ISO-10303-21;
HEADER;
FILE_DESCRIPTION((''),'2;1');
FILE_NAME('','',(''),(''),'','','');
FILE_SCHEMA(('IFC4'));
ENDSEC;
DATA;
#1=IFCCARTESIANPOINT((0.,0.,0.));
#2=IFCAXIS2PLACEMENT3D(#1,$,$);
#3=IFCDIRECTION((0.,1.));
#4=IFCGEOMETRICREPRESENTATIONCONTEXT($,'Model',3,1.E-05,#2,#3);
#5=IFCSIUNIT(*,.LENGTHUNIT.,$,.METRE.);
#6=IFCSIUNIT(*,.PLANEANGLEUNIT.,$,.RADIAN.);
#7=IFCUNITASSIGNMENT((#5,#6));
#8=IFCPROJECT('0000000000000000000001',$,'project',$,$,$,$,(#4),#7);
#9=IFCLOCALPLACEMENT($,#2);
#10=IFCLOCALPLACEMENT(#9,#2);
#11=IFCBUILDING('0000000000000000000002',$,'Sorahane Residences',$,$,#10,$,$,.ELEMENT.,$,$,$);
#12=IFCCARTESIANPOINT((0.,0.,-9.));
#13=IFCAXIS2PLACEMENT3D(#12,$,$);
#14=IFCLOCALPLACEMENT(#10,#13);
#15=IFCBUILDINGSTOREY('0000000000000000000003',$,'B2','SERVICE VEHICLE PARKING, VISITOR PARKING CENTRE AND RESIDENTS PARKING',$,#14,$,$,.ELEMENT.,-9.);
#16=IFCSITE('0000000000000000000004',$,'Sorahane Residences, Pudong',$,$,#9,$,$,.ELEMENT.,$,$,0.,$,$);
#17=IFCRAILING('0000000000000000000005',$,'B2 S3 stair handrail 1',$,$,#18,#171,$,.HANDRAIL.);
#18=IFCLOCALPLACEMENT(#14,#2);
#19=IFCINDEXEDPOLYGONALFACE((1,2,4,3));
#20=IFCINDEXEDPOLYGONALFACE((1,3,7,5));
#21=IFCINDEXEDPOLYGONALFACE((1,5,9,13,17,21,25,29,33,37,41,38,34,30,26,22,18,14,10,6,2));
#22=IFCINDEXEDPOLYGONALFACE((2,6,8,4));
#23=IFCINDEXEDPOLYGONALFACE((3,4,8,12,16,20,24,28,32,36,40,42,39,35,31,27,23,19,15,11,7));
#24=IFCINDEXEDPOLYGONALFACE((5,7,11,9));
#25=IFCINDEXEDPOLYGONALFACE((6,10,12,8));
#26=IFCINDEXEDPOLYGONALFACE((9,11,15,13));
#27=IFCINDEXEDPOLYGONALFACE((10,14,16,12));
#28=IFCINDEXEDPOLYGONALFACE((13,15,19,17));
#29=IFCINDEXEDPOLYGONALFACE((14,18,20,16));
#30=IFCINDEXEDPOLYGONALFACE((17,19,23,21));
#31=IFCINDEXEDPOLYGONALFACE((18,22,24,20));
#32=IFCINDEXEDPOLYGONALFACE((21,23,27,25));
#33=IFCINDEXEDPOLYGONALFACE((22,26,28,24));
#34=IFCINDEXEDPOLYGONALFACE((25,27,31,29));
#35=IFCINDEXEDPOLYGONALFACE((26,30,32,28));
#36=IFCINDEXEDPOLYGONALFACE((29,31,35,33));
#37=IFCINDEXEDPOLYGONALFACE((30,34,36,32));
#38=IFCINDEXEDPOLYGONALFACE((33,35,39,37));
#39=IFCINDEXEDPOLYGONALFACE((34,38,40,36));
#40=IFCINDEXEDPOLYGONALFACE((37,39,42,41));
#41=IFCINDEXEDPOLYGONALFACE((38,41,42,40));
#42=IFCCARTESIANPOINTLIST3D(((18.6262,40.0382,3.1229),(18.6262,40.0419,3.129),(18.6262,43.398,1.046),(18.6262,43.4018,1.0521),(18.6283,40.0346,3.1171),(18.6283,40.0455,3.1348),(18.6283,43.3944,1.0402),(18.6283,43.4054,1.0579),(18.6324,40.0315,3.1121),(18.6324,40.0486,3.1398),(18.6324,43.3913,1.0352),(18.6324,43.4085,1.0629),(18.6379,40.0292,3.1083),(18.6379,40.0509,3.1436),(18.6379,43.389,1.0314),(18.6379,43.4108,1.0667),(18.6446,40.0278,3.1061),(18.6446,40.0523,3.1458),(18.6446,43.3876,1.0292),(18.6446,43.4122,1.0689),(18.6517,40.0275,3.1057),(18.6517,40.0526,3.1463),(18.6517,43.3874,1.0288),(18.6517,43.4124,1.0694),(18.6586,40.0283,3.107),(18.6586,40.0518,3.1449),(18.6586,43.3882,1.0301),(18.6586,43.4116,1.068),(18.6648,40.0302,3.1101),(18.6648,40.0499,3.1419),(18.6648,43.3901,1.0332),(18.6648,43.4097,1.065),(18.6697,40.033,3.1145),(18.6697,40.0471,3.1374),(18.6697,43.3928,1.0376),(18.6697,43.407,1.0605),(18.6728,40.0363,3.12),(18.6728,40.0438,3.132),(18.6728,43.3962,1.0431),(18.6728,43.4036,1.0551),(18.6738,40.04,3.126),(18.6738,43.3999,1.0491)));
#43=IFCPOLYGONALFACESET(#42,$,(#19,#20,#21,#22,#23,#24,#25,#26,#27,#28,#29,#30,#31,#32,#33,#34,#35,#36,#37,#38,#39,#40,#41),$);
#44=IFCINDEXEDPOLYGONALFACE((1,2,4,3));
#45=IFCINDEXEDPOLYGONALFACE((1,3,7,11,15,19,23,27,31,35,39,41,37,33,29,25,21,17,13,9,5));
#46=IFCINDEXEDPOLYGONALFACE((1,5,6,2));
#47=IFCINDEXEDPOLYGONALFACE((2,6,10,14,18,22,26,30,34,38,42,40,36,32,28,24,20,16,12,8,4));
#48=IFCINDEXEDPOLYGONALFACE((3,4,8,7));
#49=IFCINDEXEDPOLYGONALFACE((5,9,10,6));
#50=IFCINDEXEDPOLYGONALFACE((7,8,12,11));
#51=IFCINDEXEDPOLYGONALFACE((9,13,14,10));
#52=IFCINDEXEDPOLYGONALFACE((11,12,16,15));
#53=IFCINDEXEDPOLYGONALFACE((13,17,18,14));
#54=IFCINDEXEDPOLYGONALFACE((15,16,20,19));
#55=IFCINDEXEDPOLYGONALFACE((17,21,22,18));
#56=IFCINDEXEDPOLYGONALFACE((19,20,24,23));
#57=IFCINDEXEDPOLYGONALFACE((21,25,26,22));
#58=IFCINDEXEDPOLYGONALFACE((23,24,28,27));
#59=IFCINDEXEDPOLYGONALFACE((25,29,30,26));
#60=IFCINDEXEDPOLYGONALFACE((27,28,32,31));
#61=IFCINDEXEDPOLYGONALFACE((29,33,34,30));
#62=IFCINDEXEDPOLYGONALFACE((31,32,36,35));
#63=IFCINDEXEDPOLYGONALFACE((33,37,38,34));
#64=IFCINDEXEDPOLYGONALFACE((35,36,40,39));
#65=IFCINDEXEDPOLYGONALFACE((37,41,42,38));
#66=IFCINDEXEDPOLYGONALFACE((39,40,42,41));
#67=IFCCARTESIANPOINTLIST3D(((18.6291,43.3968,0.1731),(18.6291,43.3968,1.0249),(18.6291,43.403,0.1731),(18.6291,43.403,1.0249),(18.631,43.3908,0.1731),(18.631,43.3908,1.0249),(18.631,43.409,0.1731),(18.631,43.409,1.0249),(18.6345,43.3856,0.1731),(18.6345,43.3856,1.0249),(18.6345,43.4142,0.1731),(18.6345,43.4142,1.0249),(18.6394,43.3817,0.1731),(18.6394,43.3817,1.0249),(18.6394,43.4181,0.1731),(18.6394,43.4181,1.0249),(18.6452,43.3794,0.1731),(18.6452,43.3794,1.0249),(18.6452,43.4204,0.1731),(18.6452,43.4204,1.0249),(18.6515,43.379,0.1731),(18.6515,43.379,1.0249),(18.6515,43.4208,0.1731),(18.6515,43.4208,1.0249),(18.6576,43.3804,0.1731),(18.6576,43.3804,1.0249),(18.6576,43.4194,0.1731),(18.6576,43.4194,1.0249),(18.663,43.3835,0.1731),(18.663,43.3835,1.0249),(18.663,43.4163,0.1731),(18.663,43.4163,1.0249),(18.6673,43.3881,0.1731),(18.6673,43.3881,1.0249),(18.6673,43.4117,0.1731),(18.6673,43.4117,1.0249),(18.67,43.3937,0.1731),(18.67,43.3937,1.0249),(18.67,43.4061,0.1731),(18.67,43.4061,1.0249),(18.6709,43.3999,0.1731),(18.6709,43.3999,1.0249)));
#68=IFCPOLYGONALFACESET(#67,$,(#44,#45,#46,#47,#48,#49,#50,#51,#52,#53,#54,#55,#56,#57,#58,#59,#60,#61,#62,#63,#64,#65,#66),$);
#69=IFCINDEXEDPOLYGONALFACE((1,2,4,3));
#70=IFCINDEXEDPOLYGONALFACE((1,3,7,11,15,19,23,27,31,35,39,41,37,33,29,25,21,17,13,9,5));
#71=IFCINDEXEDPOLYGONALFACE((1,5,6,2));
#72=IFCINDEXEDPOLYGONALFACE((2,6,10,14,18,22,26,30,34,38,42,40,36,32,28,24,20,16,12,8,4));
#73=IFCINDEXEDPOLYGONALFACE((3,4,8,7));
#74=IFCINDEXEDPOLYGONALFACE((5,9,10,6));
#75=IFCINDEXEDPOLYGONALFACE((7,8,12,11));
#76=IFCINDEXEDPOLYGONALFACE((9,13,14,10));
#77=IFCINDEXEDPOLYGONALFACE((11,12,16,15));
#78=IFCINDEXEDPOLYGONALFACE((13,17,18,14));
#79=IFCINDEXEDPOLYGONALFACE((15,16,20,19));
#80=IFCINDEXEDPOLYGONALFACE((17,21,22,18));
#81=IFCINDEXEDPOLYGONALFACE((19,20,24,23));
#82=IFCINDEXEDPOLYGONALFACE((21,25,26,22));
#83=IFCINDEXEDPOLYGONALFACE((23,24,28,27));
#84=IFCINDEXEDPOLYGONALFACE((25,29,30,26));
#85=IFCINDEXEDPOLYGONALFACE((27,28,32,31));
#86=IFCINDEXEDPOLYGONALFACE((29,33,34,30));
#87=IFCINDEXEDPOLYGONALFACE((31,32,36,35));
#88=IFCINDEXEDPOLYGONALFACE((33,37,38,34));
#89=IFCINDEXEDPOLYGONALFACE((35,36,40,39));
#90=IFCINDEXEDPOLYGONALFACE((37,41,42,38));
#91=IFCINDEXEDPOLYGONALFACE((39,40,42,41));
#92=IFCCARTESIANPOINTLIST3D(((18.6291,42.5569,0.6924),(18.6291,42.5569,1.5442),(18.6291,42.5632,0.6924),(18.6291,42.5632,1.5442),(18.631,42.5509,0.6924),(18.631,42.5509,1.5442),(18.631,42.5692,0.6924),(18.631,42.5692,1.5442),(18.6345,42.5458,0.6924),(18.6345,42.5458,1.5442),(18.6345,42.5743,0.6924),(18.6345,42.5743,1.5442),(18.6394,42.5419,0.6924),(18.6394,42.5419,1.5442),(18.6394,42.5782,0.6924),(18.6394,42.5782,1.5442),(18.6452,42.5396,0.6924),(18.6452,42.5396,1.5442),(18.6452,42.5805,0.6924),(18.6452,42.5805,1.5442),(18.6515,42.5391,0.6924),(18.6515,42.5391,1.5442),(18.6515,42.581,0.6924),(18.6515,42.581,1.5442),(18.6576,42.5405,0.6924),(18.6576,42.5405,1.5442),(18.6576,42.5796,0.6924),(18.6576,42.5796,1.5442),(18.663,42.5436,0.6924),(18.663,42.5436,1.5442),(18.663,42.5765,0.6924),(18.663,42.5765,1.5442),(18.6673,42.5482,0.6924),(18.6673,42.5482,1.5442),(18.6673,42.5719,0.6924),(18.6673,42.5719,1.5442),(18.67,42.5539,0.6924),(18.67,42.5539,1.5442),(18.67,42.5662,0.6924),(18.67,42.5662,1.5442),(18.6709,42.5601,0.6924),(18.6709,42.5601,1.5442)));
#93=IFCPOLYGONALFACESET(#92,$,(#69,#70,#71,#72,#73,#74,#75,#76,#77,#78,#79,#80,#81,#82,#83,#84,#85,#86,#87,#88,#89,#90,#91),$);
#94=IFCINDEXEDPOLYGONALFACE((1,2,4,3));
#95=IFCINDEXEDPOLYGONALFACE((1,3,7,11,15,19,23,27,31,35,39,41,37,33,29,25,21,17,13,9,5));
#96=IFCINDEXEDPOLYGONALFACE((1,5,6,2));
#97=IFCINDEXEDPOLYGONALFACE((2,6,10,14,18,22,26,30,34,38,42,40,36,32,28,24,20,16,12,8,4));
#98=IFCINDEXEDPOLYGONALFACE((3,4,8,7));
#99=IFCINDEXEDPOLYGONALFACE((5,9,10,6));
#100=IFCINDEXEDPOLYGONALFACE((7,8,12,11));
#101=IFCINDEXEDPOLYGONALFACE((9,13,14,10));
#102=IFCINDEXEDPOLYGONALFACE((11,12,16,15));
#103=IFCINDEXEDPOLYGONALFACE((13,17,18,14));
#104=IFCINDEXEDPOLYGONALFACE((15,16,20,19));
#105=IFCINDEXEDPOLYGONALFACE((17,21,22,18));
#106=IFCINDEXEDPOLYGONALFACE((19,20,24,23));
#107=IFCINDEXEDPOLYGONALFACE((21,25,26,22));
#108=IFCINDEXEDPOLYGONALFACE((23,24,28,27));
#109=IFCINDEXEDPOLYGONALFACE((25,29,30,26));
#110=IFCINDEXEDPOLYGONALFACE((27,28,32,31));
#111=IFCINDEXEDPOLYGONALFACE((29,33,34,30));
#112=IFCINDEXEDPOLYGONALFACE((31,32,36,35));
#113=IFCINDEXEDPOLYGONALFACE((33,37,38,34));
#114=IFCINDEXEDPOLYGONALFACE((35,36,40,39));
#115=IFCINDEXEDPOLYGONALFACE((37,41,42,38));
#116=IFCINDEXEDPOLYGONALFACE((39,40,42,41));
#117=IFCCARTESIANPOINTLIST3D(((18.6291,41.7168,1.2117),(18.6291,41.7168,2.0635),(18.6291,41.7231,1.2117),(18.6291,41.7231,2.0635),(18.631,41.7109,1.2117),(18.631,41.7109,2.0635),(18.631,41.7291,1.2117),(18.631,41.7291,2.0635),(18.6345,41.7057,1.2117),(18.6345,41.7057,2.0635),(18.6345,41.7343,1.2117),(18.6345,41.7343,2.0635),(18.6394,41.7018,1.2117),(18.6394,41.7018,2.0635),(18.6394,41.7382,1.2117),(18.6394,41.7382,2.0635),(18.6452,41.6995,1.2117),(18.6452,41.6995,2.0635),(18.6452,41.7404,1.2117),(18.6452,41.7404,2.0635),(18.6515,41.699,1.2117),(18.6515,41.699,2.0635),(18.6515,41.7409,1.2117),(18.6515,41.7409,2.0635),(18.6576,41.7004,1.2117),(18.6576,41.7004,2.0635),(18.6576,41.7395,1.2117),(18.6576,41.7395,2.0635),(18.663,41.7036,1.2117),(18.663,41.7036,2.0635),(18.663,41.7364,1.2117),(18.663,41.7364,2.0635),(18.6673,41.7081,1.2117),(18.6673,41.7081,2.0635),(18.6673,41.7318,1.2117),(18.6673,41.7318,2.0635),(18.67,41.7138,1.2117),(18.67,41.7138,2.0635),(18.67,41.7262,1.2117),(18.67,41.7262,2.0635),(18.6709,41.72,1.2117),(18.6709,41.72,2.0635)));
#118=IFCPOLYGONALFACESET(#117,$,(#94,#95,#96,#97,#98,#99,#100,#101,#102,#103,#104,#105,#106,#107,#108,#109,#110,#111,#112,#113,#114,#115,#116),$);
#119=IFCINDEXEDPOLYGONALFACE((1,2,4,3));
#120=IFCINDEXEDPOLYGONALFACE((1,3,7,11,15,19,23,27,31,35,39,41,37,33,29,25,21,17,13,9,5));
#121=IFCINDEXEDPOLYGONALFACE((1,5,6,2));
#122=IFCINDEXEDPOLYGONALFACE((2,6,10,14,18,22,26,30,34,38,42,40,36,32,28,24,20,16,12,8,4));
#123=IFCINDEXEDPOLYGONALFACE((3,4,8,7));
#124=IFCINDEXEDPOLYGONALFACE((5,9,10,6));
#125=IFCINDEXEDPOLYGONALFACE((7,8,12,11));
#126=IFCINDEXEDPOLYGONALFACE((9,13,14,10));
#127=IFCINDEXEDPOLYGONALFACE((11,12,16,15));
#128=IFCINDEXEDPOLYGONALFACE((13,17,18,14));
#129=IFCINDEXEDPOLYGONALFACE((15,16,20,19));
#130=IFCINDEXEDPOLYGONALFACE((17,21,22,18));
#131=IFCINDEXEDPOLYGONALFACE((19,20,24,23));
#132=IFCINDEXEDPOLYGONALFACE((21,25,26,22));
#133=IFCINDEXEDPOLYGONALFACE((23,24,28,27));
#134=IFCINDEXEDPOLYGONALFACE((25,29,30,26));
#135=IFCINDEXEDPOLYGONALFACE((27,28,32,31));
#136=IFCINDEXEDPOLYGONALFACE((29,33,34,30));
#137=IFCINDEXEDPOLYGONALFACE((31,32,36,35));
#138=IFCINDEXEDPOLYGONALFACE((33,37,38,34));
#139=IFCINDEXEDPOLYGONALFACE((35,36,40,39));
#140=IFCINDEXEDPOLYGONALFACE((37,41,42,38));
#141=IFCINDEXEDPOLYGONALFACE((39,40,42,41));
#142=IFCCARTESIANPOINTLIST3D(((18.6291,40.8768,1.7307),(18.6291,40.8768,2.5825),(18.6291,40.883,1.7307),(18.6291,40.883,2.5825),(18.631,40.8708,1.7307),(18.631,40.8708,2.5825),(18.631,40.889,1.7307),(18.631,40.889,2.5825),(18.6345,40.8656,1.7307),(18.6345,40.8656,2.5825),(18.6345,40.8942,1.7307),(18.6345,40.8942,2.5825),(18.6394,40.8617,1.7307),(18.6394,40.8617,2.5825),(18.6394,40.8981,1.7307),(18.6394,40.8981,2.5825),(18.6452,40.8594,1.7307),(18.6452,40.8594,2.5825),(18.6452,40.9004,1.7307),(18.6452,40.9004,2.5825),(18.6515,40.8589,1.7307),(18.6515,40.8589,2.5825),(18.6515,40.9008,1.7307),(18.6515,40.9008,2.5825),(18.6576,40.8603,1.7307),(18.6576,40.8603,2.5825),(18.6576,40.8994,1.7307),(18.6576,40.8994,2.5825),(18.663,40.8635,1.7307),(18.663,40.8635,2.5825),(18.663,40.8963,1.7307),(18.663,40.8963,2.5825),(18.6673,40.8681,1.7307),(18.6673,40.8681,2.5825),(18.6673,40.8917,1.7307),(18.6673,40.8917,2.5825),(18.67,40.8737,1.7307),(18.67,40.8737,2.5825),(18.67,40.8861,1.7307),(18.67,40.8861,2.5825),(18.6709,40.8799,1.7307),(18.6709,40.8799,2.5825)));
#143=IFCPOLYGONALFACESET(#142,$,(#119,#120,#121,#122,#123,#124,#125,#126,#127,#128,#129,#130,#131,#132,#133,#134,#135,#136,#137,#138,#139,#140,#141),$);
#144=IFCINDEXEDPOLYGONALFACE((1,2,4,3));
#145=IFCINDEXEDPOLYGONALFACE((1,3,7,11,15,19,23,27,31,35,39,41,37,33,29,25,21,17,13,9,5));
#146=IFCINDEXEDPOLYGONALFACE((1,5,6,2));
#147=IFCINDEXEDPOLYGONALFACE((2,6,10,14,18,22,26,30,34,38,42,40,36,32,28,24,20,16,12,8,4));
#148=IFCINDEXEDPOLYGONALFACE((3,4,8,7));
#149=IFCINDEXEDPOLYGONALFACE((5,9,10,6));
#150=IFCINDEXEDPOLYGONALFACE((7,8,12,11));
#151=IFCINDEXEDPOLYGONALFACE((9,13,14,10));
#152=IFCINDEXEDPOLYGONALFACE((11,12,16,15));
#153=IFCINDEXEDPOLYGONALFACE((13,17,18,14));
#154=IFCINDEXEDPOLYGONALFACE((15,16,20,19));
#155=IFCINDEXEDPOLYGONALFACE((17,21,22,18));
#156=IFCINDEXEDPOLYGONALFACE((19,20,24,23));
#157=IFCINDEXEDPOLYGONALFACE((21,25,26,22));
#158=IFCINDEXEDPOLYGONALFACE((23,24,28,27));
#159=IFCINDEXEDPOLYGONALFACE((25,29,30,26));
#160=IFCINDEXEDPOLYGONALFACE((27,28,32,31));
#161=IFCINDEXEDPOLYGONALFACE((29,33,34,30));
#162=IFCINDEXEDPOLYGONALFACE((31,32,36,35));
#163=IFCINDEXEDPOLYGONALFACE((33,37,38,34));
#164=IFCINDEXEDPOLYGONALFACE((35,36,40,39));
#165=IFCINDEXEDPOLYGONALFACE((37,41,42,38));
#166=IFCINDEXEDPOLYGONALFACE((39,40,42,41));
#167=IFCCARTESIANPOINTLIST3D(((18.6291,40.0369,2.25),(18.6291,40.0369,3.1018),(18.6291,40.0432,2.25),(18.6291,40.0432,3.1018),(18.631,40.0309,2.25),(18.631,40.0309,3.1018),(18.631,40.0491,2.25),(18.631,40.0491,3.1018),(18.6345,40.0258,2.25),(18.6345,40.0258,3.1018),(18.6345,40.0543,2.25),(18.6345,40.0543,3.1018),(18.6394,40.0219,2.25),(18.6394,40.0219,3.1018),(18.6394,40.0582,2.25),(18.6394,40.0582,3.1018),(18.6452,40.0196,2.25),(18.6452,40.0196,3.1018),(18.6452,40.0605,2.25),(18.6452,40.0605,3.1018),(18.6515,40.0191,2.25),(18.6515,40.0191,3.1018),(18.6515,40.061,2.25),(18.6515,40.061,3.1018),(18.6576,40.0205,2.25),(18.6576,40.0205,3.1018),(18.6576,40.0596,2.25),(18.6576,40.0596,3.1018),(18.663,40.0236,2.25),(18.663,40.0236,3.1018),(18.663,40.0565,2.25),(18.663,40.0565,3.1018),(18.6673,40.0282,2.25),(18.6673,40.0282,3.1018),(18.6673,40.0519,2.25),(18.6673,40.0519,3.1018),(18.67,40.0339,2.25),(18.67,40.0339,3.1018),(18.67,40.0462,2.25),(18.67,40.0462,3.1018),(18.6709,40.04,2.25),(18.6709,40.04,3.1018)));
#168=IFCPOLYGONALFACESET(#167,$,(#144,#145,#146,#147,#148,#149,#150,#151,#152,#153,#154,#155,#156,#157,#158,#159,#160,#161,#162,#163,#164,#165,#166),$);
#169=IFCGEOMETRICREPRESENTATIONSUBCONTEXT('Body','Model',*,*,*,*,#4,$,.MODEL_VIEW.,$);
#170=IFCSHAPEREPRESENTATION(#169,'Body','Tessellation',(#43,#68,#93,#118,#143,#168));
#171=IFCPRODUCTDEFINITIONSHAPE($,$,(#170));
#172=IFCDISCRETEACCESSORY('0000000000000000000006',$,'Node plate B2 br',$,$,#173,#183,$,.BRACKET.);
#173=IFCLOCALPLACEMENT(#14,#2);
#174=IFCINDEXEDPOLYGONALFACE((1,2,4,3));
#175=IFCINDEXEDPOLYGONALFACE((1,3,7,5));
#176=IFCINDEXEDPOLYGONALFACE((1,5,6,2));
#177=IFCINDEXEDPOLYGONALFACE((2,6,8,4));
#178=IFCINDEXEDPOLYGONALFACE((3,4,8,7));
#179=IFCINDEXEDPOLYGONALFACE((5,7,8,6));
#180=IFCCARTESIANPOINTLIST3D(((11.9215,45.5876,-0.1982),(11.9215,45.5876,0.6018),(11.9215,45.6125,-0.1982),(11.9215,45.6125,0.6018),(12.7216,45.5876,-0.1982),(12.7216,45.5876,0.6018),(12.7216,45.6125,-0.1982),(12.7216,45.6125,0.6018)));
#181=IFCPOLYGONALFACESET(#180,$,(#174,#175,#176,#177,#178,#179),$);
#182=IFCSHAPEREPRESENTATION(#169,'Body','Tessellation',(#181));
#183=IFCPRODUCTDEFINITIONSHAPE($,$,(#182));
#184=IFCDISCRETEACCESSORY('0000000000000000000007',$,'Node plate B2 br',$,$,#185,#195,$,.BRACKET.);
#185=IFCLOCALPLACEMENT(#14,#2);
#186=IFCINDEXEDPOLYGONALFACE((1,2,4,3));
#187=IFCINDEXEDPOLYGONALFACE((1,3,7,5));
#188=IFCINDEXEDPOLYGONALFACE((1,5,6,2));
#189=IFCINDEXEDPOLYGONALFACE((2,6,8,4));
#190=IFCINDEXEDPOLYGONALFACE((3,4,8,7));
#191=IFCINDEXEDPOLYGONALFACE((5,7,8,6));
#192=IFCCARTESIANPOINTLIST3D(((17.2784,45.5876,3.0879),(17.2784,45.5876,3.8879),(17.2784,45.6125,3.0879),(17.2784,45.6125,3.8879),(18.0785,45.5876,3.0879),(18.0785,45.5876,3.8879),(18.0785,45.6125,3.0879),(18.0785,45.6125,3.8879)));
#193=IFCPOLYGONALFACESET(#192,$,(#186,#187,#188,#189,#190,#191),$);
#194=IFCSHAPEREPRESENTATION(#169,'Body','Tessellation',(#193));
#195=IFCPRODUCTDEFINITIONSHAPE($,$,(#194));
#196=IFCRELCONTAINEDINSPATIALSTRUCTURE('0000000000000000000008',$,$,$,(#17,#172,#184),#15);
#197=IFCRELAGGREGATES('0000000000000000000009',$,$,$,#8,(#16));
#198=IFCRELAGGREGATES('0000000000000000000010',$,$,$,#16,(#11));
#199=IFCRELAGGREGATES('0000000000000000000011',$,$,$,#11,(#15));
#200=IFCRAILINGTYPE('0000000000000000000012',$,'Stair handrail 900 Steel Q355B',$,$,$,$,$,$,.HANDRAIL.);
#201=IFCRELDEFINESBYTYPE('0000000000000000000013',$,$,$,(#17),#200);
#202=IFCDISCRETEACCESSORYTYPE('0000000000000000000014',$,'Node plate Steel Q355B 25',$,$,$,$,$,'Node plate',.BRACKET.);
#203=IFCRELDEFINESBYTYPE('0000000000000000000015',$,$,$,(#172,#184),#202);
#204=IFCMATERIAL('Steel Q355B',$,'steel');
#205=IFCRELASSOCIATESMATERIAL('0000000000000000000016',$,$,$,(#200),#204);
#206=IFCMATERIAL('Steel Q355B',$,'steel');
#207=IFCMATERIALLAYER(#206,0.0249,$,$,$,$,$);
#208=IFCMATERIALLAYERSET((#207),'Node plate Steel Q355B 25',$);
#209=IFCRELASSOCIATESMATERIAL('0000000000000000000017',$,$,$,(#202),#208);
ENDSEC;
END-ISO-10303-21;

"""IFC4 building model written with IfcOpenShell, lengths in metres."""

from ifc_helpers import new_model, si_unit, direction, frame, origin, origin_2d, place, context, subcontext, project, spatial, rectangle, circle, extrude, material, layer, layer_set, type_object, element, save


model = new_model("IFC4")

# Units and contexts
model_context = context("Model", 3, precision=1e-05, world=origin(), true_north=direction((0.0, 1.0)))
body_context = subcontext(model_context, "Body", "Model", "MODEL_VIEW")
ifc_project = project(units=[si_unit("LENGTHUNIT", "METRE"), si_unit("PLANEANGLEUNIT", "RADIAN")], contexts=[model_context])

# Site, building, storey
site_placement = place(None, origin())
site = spatial("IfcSite", under=ifc_project, at=site_placement, Name="Sorahane Residences, Pudong", CompositionType="ELEMENT", RefElevation=0.0)
building_placement = place(site_placement, origin())
building = spatial("IfcBuilding", under=site, at=building_placement, Name="Sorahane Residences", CompositionType="ELEMENT")
storey_placement = place(building_placement, frame((0.0, 0.0, -9.0)))
storey = spatial("IfcBuildingStorey", under=building, at=storey_placement, Name="B2", Description="SERVICE VEHICLE PARKING, VISITOR PARKING CENTRE AND RESIDENTS PARKING", CompositionType="ELEMENT", Elevation=-9.0)

# Railing
ifc_material_1 = material(Name="Steel Q355B", Category="steel")
railing_type_1 = type_object("IfcRailingType", Name="Stair handrail 900 Steel Q355B", PredefinedType="HANDRAIL", material=ifc_material_1)
for number, where, name in (
    (1, (18.6499, 43.3999, 0.1731), "B2 S3 stair handrail 1"),
):
    element("IfcRailing", number, at=place(storey_placement, frame(where)), inside=storey, type_object=railing_type_1, Name=name, PredefinedType="HANDRAIL", context=body_context, shape_type="SweptSolid", body=[
        extrude(circle(Radius=0.0239, at=origin_2d()), frame((0.0, 0.0, 0.876), z_axis=(0.0, -0.850606, 0.525803), x_axis=(1.0, 0.0, 0.0)), (0.0, 0.0, 1.0), 3.95),
        extrude(circle(Radius=0.021, at=origin_2d()), origin(), (0.0, 0.0, 1.0), 0.8518),
        extrude(circle(Radius=0.021, at=origin_2d()), frame((0.0, -0.8398, 0.5193)), (0.0, 0.0, 1.0), 0.8518),
        extrude(circle(Radius=0.021, at=origin_2d()), frame((0.0, -1.6799, 1.0386)), (0.0, 0.0, 1.0), 0.8518),
        extrude(circle(Radius=0.021, at=origin_2d()), frame((0.0, -2.52, 1.5576)), (0.0, 0.0, 1.0), 0.8518),
        extrude(circle(Radius=0.021, at=origin_2d()), frame((0.0, -3.3599, 2.0769)), (0.0, 0.0, 1.0), 0.8518),
    ])

# Discrete accessories
ifc_material_2 = material(Name="Steel Q355B", Category="steel")
ifc_layer_1 = layer(ifc_material_2, 0.0249)
ifc_layer_set_1 = layer_set([ifc_layer_1], Name="Node plate Steel Q355B 25")
discrete_accessory_type = type_object("IfcDiscreteAccessoryType", Name="Node plate Steel Q355B 25", ElementType="Node plate", PredefinedType="BRACKET", material=ifc_layer_set_1)
for number, where, z_axis, x_axis, name in (
    (2, (12.3215, 45.6001, -0.1982), (0.0, 0.0, 1.0), (1.0, 0.0, 0.0), "Node plate B2 br"),
    (3, (17.6785, 45.6001, 3.0879), (0.0, 0.0, 1.0), (1.0, 0.0, 0.0), "Node plate B2 br"),
):
    element("IfcDiscreteAccessory", number, at=place(storey_placement, frame(where, z_axis=z_axis, x_axis=x_axis)), inside=storey, type_object=discrete_accessory_type, Name=name, PredefinedType="BRACKET", context=body_context, shape_type="SweptSolid", body=[
        extrude(rectangle(XDim=0.8, YDim=0.0249, at=origin_2d()), origin(), (0.0, 0.0, 1.0), 0.8),
    ])

save(model, "model.ifc")
